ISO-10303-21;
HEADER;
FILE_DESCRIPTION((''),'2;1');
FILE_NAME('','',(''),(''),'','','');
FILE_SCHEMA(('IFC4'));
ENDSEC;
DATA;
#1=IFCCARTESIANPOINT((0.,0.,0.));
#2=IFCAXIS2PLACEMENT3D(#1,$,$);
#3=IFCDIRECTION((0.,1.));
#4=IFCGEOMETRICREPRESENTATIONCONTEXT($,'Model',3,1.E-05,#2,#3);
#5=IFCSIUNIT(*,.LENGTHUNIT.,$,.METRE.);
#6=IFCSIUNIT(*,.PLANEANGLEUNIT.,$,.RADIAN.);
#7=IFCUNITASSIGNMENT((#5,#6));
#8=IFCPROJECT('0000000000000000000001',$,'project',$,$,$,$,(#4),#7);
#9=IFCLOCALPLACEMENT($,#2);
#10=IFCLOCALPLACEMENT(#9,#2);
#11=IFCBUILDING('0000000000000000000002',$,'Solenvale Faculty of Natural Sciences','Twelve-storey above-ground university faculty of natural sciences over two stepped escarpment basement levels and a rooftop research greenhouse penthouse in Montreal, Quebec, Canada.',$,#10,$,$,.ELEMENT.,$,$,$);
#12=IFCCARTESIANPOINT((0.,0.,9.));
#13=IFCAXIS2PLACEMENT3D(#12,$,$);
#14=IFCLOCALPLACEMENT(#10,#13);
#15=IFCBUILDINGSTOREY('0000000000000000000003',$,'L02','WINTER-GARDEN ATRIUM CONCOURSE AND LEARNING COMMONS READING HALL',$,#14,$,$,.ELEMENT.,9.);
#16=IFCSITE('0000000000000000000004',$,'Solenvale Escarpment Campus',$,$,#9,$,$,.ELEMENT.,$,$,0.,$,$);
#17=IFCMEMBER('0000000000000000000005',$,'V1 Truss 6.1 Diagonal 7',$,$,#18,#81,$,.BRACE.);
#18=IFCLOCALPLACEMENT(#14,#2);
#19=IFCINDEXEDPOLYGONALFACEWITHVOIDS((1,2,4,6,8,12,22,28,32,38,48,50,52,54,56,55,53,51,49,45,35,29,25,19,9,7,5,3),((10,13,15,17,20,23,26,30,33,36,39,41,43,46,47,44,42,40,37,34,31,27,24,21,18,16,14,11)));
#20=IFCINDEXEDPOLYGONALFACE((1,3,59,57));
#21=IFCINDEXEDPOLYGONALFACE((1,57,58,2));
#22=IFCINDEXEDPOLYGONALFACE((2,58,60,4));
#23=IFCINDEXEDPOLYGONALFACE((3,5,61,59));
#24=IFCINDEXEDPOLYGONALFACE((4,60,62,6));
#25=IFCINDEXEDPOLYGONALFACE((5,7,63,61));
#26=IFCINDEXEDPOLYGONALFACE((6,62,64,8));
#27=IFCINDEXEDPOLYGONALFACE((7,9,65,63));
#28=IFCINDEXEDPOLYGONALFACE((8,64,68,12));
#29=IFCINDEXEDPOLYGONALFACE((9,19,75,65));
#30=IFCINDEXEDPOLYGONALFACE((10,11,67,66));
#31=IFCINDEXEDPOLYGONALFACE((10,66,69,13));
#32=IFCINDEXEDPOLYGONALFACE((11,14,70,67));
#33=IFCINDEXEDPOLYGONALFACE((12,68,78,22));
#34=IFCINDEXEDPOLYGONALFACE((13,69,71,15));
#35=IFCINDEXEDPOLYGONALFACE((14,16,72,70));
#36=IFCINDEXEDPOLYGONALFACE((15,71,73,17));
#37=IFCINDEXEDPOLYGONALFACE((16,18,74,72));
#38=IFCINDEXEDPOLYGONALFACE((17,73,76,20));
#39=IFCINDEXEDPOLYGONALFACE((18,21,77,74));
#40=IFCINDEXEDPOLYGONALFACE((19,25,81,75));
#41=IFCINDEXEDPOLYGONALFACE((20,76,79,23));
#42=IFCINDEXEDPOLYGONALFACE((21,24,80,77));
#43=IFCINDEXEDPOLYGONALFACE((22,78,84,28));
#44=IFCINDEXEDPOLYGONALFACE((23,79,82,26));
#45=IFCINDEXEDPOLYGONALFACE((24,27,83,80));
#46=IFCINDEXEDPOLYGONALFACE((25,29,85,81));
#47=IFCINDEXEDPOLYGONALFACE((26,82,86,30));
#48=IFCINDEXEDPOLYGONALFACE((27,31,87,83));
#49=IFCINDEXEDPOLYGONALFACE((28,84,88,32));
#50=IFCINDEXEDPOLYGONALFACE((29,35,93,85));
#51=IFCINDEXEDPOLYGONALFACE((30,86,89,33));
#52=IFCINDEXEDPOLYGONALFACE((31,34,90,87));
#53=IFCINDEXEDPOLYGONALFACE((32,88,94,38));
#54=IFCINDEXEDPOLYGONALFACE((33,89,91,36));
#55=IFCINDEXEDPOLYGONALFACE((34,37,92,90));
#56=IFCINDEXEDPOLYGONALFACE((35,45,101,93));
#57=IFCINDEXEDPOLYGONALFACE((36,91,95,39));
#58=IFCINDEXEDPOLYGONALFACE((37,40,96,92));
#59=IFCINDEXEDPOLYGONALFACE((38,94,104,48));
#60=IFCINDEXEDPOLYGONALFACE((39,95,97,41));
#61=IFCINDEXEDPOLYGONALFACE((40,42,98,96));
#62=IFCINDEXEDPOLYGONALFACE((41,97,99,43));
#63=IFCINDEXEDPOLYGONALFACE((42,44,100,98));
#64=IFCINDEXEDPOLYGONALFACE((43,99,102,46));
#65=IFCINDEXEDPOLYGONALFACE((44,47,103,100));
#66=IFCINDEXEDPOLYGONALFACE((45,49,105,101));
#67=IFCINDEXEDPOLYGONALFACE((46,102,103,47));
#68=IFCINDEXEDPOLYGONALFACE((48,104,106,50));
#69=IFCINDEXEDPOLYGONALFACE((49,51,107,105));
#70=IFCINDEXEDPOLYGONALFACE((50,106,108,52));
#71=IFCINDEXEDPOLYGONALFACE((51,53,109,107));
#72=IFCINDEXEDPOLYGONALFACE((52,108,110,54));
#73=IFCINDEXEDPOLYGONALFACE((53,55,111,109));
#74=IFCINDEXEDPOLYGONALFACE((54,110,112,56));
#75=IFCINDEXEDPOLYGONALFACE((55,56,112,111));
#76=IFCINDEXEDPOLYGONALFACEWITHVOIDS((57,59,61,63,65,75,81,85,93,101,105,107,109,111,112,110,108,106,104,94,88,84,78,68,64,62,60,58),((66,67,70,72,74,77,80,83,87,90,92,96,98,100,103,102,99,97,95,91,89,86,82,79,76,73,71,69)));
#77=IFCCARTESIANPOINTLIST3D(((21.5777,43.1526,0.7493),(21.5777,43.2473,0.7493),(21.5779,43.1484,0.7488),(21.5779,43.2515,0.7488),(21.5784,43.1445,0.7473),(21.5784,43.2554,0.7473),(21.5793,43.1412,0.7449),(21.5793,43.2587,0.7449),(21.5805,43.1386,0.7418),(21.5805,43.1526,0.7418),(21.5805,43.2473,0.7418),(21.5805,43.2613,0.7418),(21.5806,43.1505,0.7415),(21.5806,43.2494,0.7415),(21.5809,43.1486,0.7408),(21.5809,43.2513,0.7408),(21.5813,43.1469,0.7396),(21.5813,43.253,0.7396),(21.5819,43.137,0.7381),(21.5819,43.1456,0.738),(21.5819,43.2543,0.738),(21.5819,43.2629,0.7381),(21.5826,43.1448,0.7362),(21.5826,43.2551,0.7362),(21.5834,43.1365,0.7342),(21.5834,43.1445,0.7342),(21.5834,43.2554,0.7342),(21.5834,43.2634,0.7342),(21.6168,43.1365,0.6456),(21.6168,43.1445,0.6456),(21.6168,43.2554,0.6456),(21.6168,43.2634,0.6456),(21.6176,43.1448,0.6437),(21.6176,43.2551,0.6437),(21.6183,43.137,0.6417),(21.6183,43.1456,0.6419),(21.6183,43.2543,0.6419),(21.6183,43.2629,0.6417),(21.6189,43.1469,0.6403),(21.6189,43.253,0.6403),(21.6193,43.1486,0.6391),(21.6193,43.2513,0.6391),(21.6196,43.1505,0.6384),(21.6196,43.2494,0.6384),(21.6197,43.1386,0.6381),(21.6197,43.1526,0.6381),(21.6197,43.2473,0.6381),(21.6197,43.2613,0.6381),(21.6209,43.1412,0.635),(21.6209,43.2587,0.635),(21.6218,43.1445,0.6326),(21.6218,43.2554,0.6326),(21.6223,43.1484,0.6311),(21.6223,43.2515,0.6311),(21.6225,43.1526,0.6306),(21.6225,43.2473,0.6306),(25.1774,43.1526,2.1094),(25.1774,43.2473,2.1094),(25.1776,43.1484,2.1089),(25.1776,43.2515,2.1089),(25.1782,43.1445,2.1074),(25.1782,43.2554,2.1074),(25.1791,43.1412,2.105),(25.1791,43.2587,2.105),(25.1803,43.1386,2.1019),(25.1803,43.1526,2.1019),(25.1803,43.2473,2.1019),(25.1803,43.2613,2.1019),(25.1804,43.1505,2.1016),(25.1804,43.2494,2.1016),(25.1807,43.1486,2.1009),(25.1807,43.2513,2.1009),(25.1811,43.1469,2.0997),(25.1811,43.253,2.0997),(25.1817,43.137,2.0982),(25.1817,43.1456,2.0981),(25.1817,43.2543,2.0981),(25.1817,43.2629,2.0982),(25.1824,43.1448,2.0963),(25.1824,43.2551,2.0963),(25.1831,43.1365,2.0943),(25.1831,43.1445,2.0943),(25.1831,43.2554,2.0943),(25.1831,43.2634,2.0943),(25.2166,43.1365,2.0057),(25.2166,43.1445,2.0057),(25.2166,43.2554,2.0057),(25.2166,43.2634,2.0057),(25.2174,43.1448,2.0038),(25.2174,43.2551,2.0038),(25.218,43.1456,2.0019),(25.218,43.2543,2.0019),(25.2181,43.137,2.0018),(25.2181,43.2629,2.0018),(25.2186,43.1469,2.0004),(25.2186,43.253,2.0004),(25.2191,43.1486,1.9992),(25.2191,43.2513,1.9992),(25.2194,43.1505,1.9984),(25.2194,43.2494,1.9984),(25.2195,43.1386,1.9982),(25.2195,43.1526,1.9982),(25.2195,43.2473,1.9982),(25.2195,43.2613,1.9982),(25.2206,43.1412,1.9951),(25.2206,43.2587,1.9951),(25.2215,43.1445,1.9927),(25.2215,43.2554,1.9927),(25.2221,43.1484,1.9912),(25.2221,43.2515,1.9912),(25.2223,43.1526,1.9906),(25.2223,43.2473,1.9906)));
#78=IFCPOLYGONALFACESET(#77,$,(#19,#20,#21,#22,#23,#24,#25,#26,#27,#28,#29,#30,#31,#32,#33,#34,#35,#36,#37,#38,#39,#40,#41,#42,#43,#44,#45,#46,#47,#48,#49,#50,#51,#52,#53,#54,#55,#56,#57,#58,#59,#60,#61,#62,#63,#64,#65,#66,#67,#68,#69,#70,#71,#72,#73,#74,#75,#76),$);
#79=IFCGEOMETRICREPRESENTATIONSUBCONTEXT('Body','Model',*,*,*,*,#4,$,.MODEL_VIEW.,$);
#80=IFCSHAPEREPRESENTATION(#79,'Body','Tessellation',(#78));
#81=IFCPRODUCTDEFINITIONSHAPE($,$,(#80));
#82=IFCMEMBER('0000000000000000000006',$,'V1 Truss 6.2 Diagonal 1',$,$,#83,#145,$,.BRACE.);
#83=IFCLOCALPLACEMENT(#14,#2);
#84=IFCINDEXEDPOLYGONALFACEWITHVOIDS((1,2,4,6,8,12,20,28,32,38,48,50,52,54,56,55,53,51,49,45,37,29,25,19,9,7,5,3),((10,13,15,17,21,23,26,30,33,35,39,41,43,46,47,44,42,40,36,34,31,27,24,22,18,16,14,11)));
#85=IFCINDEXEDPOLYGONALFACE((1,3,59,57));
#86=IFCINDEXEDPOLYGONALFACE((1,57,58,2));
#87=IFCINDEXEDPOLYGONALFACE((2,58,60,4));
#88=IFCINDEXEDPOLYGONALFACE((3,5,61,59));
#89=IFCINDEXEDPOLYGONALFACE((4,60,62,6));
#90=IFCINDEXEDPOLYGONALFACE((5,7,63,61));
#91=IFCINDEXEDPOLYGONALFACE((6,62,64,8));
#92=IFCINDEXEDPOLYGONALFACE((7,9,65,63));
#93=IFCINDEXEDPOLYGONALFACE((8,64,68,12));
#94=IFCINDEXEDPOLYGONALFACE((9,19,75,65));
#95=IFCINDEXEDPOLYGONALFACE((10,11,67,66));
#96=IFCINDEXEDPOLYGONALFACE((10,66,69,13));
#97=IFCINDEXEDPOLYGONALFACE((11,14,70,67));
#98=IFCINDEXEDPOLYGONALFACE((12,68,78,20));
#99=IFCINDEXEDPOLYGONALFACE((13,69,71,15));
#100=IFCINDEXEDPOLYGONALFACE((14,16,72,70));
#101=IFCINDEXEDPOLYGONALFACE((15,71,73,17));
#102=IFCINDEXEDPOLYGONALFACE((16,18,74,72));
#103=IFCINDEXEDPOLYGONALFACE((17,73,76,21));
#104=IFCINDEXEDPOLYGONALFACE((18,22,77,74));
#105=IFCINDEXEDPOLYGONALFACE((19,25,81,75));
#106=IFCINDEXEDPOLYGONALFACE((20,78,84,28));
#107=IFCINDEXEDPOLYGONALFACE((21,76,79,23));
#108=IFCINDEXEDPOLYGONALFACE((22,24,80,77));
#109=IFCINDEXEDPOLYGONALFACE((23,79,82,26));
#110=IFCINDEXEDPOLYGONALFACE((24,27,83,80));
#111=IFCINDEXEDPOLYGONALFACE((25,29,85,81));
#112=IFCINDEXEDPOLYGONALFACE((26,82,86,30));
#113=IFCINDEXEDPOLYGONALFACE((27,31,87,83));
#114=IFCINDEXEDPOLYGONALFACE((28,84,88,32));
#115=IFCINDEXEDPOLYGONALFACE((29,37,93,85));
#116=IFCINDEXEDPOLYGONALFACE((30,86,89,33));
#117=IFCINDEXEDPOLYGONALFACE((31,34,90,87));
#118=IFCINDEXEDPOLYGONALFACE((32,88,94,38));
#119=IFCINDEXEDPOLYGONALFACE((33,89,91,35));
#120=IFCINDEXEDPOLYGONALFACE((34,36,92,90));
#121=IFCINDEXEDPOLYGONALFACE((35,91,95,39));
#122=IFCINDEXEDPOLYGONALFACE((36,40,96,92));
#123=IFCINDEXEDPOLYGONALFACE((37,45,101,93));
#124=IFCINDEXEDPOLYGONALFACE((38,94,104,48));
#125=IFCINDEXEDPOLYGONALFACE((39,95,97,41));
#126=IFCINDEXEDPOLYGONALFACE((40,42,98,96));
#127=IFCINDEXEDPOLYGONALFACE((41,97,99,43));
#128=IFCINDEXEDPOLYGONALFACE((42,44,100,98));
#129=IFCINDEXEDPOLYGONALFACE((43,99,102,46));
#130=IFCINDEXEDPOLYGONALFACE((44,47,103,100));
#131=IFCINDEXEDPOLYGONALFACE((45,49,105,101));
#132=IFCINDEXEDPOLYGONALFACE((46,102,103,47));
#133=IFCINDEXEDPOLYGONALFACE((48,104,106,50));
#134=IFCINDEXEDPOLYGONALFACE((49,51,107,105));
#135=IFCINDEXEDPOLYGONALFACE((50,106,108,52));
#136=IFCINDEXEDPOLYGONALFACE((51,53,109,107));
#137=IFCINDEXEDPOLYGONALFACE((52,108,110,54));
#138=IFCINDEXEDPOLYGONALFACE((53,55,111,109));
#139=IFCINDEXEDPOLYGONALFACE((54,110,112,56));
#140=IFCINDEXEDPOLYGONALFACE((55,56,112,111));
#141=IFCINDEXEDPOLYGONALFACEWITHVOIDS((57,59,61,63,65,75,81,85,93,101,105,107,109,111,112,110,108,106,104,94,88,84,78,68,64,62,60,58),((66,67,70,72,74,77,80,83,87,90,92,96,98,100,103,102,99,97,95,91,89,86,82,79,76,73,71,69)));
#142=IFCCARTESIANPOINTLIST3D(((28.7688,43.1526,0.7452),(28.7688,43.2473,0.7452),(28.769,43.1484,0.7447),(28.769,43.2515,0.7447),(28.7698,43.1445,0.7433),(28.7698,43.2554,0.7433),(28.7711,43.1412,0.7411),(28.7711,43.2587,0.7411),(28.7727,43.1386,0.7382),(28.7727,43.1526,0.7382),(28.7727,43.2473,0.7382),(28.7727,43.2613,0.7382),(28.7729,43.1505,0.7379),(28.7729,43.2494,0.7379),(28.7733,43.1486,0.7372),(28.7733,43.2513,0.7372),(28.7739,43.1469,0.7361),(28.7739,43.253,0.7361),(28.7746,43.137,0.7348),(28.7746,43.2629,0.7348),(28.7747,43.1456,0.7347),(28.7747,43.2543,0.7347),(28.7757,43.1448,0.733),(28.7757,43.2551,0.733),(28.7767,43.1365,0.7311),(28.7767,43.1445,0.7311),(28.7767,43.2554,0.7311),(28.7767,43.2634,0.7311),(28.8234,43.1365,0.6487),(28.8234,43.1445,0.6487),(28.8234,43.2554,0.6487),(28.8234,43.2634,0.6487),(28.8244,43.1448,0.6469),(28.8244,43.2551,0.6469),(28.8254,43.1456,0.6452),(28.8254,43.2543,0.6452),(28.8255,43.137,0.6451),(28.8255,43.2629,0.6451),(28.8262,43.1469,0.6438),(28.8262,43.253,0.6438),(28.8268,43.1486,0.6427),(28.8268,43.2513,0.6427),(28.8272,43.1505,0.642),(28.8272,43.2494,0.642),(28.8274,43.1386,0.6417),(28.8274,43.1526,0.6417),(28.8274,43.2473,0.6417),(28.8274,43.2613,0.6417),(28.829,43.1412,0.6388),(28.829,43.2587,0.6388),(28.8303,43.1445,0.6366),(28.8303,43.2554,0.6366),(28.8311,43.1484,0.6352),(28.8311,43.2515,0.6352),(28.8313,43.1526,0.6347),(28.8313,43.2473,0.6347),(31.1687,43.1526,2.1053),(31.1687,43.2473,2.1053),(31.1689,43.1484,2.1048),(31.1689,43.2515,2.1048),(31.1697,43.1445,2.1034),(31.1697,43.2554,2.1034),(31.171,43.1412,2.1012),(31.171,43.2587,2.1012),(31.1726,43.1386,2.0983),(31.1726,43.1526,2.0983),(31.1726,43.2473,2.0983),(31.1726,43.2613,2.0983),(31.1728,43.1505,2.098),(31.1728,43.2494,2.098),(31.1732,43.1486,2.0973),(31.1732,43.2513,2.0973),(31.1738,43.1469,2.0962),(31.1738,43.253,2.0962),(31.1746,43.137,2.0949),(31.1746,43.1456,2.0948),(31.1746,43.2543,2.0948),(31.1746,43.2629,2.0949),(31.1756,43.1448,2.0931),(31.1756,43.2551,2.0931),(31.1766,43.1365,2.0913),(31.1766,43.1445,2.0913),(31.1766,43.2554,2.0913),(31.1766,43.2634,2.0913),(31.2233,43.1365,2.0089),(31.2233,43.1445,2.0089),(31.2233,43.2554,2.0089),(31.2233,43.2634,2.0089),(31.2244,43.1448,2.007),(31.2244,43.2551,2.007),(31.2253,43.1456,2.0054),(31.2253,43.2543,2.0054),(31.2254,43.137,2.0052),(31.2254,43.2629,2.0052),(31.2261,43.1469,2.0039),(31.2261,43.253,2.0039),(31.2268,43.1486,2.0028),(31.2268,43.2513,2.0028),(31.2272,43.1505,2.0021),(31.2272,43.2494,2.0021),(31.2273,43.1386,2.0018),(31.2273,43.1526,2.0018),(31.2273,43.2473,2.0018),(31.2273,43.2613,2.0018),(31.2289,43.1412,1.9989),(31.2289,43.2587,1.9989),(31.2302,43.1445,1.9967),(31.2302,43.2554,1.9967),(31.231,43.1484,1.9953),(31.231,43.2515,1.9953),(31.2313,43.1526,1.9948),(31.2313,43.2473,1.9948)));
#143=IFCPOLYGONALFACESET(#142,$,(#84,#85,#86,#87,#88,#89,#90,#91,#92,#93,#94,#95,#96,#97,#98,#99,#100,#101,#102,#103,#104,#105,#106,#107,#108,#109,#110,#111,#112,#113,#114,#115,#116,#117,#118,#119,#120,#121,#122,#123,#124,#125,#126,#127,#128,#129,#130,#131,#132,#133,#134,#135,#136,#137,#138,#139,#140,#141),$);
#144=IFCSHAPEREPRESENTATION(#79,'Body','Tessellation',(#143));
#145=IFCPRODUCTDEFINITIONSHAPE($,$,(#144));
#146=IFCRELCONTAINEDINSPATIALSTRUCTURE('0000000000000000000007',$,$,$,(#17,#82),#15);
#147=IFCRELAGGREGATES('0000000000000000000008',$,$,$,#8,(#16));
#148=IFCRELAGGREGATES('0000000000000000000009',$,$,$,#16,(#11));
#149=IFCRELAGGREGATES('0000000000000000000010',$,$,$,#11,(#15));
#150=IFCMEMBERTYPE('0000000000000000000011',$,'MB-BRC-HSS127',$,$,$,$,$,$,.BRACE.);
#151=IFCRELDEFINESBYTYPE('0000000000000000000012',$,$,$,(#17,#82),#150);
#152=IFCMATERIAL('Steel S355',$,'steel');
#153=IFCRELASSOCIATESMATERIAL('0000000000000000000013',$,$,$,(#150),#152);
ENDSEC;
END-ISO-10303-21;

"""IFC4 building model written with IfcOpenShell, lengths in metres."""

from ifc_helpers import new_model, si_unit, direction, frame, origin, origin_2d, place, context, subcontext, project, spatial, hollow_rectangle, extrude, material, material_profile, profile_set, type_object, element, save


model = new_model("IFC4")

# Units and contexts
model_context = context("Model", 3, precision=1e-05, world=origin(), true_north=direction((0.0, 1.0)))
body_context = subcontext(model_context, "Body", "Model", "MODEL_VIEW")
ifc_project = project(units=[si_unit("LENGTHUNIT", "METRE"), si_unit("PLANEANGLEUNIT", "RADIAN")], contexts=[model_context])

# Site, building, storey
site_placement = place(None, origin())
site = spatial("IfcSite", under=ifc_project, at=site_placement, Name="Solenvale Escarpment Campus", CompositionType="ELEMENT", RefElevation=0.0)
building_placement = place(site_placement, origin())
building = spatial("IfcBuilding", under=site, at=building_placement, Name="Solenvale Faculty of Natural Sciences", Description="Twelve-storey above-ground university faculty of natural sciences over two stepped escarpment basement levels and a rooftop research greenhouse penthouse in Montreal, Quebec, Canada.", CompositionType="ELEMENT")
storey_placement = place(building_placement, frame((0.0, 0.0, 9.0)))
storey = spatial("IfcBuildingStorey", under=building, at=storey_placement, Name="L02", Description="WINTER-GARDEN ATRIUM CONCOURSE AND LEARNING COMMONS READING HALL", CompositionType="ELEMENT", Elevation=9.0)

# Shared definitions
ifc_material_1 = material(Name="Steel S355", Category="steel")

# Members
ifc_material_profile_1 = material_profile(ifc_material_1, hollow_rectangle(XDim=0.127, YDim=0.127, WallThickness=0.0081, InnerFilletRadius=0.0081, OuterFilletRadius=0.0161, at=origin_2d()), Name="HSS127x127x8.0")
ifc_profile_set_1 = profile_set([ifc_material_profile_1], Name="Steel S355")
member_type_1 = type_object("IfcMemberType", Name="MB-BRC-HSS127", PredefinedType="BRACE", material=ifc_profile_set_1)
member_1_placement = place(storey_placement, frame((21.6001, 43.2, 0.6899), z_axis=(0.935458, 0.0, 0.353438), x_axis=(0.0, 1.0, 0.0)))
element("IfcMember", 1, at=member_1_placement, inside=storey, type_object=member_type_1, Name="V1 Truss 6.1 Diagonal 7", PredefinedType="BRACE", context=body_context, shape_type="SweptSolid", body=[
    extrude(hollow_rectangle(XDim=0.127, YDim=0.127, WallThickness=0.0081, InnerFilletRadius=0.0081, OuterFilletRadius=0.0161, at=origin_2d()), origin(), (0.0, 0.0, 1.0), 3.8481),
])
member_2_placement = place(storey_placement, frame((28.8, 43.2, 0.6899), z_axis=(0.869997, 0.0, 0.493057), x_axis=(0.0, 1.0, 0.0)))
element("IfcMember", 2, at=member_2_placement, inside=storey, type_object=member_type_1, Name="V1 Truss 6.2 Diagonal 1", PredefinedType="BRACE", context=body_context, shape_type="SweptSolid", body=[
    extrude(hollow_rectangle(XDim=0.127, YDim=0.127, WallThickness=0.0081, InnerFilletRadius=0.0081, OuterFilletRadius=0.0161, at=origin_2d()), origin(), (0.0, 0.0, 1.0), 2.7585),
])

save(model, "model.ifc")
